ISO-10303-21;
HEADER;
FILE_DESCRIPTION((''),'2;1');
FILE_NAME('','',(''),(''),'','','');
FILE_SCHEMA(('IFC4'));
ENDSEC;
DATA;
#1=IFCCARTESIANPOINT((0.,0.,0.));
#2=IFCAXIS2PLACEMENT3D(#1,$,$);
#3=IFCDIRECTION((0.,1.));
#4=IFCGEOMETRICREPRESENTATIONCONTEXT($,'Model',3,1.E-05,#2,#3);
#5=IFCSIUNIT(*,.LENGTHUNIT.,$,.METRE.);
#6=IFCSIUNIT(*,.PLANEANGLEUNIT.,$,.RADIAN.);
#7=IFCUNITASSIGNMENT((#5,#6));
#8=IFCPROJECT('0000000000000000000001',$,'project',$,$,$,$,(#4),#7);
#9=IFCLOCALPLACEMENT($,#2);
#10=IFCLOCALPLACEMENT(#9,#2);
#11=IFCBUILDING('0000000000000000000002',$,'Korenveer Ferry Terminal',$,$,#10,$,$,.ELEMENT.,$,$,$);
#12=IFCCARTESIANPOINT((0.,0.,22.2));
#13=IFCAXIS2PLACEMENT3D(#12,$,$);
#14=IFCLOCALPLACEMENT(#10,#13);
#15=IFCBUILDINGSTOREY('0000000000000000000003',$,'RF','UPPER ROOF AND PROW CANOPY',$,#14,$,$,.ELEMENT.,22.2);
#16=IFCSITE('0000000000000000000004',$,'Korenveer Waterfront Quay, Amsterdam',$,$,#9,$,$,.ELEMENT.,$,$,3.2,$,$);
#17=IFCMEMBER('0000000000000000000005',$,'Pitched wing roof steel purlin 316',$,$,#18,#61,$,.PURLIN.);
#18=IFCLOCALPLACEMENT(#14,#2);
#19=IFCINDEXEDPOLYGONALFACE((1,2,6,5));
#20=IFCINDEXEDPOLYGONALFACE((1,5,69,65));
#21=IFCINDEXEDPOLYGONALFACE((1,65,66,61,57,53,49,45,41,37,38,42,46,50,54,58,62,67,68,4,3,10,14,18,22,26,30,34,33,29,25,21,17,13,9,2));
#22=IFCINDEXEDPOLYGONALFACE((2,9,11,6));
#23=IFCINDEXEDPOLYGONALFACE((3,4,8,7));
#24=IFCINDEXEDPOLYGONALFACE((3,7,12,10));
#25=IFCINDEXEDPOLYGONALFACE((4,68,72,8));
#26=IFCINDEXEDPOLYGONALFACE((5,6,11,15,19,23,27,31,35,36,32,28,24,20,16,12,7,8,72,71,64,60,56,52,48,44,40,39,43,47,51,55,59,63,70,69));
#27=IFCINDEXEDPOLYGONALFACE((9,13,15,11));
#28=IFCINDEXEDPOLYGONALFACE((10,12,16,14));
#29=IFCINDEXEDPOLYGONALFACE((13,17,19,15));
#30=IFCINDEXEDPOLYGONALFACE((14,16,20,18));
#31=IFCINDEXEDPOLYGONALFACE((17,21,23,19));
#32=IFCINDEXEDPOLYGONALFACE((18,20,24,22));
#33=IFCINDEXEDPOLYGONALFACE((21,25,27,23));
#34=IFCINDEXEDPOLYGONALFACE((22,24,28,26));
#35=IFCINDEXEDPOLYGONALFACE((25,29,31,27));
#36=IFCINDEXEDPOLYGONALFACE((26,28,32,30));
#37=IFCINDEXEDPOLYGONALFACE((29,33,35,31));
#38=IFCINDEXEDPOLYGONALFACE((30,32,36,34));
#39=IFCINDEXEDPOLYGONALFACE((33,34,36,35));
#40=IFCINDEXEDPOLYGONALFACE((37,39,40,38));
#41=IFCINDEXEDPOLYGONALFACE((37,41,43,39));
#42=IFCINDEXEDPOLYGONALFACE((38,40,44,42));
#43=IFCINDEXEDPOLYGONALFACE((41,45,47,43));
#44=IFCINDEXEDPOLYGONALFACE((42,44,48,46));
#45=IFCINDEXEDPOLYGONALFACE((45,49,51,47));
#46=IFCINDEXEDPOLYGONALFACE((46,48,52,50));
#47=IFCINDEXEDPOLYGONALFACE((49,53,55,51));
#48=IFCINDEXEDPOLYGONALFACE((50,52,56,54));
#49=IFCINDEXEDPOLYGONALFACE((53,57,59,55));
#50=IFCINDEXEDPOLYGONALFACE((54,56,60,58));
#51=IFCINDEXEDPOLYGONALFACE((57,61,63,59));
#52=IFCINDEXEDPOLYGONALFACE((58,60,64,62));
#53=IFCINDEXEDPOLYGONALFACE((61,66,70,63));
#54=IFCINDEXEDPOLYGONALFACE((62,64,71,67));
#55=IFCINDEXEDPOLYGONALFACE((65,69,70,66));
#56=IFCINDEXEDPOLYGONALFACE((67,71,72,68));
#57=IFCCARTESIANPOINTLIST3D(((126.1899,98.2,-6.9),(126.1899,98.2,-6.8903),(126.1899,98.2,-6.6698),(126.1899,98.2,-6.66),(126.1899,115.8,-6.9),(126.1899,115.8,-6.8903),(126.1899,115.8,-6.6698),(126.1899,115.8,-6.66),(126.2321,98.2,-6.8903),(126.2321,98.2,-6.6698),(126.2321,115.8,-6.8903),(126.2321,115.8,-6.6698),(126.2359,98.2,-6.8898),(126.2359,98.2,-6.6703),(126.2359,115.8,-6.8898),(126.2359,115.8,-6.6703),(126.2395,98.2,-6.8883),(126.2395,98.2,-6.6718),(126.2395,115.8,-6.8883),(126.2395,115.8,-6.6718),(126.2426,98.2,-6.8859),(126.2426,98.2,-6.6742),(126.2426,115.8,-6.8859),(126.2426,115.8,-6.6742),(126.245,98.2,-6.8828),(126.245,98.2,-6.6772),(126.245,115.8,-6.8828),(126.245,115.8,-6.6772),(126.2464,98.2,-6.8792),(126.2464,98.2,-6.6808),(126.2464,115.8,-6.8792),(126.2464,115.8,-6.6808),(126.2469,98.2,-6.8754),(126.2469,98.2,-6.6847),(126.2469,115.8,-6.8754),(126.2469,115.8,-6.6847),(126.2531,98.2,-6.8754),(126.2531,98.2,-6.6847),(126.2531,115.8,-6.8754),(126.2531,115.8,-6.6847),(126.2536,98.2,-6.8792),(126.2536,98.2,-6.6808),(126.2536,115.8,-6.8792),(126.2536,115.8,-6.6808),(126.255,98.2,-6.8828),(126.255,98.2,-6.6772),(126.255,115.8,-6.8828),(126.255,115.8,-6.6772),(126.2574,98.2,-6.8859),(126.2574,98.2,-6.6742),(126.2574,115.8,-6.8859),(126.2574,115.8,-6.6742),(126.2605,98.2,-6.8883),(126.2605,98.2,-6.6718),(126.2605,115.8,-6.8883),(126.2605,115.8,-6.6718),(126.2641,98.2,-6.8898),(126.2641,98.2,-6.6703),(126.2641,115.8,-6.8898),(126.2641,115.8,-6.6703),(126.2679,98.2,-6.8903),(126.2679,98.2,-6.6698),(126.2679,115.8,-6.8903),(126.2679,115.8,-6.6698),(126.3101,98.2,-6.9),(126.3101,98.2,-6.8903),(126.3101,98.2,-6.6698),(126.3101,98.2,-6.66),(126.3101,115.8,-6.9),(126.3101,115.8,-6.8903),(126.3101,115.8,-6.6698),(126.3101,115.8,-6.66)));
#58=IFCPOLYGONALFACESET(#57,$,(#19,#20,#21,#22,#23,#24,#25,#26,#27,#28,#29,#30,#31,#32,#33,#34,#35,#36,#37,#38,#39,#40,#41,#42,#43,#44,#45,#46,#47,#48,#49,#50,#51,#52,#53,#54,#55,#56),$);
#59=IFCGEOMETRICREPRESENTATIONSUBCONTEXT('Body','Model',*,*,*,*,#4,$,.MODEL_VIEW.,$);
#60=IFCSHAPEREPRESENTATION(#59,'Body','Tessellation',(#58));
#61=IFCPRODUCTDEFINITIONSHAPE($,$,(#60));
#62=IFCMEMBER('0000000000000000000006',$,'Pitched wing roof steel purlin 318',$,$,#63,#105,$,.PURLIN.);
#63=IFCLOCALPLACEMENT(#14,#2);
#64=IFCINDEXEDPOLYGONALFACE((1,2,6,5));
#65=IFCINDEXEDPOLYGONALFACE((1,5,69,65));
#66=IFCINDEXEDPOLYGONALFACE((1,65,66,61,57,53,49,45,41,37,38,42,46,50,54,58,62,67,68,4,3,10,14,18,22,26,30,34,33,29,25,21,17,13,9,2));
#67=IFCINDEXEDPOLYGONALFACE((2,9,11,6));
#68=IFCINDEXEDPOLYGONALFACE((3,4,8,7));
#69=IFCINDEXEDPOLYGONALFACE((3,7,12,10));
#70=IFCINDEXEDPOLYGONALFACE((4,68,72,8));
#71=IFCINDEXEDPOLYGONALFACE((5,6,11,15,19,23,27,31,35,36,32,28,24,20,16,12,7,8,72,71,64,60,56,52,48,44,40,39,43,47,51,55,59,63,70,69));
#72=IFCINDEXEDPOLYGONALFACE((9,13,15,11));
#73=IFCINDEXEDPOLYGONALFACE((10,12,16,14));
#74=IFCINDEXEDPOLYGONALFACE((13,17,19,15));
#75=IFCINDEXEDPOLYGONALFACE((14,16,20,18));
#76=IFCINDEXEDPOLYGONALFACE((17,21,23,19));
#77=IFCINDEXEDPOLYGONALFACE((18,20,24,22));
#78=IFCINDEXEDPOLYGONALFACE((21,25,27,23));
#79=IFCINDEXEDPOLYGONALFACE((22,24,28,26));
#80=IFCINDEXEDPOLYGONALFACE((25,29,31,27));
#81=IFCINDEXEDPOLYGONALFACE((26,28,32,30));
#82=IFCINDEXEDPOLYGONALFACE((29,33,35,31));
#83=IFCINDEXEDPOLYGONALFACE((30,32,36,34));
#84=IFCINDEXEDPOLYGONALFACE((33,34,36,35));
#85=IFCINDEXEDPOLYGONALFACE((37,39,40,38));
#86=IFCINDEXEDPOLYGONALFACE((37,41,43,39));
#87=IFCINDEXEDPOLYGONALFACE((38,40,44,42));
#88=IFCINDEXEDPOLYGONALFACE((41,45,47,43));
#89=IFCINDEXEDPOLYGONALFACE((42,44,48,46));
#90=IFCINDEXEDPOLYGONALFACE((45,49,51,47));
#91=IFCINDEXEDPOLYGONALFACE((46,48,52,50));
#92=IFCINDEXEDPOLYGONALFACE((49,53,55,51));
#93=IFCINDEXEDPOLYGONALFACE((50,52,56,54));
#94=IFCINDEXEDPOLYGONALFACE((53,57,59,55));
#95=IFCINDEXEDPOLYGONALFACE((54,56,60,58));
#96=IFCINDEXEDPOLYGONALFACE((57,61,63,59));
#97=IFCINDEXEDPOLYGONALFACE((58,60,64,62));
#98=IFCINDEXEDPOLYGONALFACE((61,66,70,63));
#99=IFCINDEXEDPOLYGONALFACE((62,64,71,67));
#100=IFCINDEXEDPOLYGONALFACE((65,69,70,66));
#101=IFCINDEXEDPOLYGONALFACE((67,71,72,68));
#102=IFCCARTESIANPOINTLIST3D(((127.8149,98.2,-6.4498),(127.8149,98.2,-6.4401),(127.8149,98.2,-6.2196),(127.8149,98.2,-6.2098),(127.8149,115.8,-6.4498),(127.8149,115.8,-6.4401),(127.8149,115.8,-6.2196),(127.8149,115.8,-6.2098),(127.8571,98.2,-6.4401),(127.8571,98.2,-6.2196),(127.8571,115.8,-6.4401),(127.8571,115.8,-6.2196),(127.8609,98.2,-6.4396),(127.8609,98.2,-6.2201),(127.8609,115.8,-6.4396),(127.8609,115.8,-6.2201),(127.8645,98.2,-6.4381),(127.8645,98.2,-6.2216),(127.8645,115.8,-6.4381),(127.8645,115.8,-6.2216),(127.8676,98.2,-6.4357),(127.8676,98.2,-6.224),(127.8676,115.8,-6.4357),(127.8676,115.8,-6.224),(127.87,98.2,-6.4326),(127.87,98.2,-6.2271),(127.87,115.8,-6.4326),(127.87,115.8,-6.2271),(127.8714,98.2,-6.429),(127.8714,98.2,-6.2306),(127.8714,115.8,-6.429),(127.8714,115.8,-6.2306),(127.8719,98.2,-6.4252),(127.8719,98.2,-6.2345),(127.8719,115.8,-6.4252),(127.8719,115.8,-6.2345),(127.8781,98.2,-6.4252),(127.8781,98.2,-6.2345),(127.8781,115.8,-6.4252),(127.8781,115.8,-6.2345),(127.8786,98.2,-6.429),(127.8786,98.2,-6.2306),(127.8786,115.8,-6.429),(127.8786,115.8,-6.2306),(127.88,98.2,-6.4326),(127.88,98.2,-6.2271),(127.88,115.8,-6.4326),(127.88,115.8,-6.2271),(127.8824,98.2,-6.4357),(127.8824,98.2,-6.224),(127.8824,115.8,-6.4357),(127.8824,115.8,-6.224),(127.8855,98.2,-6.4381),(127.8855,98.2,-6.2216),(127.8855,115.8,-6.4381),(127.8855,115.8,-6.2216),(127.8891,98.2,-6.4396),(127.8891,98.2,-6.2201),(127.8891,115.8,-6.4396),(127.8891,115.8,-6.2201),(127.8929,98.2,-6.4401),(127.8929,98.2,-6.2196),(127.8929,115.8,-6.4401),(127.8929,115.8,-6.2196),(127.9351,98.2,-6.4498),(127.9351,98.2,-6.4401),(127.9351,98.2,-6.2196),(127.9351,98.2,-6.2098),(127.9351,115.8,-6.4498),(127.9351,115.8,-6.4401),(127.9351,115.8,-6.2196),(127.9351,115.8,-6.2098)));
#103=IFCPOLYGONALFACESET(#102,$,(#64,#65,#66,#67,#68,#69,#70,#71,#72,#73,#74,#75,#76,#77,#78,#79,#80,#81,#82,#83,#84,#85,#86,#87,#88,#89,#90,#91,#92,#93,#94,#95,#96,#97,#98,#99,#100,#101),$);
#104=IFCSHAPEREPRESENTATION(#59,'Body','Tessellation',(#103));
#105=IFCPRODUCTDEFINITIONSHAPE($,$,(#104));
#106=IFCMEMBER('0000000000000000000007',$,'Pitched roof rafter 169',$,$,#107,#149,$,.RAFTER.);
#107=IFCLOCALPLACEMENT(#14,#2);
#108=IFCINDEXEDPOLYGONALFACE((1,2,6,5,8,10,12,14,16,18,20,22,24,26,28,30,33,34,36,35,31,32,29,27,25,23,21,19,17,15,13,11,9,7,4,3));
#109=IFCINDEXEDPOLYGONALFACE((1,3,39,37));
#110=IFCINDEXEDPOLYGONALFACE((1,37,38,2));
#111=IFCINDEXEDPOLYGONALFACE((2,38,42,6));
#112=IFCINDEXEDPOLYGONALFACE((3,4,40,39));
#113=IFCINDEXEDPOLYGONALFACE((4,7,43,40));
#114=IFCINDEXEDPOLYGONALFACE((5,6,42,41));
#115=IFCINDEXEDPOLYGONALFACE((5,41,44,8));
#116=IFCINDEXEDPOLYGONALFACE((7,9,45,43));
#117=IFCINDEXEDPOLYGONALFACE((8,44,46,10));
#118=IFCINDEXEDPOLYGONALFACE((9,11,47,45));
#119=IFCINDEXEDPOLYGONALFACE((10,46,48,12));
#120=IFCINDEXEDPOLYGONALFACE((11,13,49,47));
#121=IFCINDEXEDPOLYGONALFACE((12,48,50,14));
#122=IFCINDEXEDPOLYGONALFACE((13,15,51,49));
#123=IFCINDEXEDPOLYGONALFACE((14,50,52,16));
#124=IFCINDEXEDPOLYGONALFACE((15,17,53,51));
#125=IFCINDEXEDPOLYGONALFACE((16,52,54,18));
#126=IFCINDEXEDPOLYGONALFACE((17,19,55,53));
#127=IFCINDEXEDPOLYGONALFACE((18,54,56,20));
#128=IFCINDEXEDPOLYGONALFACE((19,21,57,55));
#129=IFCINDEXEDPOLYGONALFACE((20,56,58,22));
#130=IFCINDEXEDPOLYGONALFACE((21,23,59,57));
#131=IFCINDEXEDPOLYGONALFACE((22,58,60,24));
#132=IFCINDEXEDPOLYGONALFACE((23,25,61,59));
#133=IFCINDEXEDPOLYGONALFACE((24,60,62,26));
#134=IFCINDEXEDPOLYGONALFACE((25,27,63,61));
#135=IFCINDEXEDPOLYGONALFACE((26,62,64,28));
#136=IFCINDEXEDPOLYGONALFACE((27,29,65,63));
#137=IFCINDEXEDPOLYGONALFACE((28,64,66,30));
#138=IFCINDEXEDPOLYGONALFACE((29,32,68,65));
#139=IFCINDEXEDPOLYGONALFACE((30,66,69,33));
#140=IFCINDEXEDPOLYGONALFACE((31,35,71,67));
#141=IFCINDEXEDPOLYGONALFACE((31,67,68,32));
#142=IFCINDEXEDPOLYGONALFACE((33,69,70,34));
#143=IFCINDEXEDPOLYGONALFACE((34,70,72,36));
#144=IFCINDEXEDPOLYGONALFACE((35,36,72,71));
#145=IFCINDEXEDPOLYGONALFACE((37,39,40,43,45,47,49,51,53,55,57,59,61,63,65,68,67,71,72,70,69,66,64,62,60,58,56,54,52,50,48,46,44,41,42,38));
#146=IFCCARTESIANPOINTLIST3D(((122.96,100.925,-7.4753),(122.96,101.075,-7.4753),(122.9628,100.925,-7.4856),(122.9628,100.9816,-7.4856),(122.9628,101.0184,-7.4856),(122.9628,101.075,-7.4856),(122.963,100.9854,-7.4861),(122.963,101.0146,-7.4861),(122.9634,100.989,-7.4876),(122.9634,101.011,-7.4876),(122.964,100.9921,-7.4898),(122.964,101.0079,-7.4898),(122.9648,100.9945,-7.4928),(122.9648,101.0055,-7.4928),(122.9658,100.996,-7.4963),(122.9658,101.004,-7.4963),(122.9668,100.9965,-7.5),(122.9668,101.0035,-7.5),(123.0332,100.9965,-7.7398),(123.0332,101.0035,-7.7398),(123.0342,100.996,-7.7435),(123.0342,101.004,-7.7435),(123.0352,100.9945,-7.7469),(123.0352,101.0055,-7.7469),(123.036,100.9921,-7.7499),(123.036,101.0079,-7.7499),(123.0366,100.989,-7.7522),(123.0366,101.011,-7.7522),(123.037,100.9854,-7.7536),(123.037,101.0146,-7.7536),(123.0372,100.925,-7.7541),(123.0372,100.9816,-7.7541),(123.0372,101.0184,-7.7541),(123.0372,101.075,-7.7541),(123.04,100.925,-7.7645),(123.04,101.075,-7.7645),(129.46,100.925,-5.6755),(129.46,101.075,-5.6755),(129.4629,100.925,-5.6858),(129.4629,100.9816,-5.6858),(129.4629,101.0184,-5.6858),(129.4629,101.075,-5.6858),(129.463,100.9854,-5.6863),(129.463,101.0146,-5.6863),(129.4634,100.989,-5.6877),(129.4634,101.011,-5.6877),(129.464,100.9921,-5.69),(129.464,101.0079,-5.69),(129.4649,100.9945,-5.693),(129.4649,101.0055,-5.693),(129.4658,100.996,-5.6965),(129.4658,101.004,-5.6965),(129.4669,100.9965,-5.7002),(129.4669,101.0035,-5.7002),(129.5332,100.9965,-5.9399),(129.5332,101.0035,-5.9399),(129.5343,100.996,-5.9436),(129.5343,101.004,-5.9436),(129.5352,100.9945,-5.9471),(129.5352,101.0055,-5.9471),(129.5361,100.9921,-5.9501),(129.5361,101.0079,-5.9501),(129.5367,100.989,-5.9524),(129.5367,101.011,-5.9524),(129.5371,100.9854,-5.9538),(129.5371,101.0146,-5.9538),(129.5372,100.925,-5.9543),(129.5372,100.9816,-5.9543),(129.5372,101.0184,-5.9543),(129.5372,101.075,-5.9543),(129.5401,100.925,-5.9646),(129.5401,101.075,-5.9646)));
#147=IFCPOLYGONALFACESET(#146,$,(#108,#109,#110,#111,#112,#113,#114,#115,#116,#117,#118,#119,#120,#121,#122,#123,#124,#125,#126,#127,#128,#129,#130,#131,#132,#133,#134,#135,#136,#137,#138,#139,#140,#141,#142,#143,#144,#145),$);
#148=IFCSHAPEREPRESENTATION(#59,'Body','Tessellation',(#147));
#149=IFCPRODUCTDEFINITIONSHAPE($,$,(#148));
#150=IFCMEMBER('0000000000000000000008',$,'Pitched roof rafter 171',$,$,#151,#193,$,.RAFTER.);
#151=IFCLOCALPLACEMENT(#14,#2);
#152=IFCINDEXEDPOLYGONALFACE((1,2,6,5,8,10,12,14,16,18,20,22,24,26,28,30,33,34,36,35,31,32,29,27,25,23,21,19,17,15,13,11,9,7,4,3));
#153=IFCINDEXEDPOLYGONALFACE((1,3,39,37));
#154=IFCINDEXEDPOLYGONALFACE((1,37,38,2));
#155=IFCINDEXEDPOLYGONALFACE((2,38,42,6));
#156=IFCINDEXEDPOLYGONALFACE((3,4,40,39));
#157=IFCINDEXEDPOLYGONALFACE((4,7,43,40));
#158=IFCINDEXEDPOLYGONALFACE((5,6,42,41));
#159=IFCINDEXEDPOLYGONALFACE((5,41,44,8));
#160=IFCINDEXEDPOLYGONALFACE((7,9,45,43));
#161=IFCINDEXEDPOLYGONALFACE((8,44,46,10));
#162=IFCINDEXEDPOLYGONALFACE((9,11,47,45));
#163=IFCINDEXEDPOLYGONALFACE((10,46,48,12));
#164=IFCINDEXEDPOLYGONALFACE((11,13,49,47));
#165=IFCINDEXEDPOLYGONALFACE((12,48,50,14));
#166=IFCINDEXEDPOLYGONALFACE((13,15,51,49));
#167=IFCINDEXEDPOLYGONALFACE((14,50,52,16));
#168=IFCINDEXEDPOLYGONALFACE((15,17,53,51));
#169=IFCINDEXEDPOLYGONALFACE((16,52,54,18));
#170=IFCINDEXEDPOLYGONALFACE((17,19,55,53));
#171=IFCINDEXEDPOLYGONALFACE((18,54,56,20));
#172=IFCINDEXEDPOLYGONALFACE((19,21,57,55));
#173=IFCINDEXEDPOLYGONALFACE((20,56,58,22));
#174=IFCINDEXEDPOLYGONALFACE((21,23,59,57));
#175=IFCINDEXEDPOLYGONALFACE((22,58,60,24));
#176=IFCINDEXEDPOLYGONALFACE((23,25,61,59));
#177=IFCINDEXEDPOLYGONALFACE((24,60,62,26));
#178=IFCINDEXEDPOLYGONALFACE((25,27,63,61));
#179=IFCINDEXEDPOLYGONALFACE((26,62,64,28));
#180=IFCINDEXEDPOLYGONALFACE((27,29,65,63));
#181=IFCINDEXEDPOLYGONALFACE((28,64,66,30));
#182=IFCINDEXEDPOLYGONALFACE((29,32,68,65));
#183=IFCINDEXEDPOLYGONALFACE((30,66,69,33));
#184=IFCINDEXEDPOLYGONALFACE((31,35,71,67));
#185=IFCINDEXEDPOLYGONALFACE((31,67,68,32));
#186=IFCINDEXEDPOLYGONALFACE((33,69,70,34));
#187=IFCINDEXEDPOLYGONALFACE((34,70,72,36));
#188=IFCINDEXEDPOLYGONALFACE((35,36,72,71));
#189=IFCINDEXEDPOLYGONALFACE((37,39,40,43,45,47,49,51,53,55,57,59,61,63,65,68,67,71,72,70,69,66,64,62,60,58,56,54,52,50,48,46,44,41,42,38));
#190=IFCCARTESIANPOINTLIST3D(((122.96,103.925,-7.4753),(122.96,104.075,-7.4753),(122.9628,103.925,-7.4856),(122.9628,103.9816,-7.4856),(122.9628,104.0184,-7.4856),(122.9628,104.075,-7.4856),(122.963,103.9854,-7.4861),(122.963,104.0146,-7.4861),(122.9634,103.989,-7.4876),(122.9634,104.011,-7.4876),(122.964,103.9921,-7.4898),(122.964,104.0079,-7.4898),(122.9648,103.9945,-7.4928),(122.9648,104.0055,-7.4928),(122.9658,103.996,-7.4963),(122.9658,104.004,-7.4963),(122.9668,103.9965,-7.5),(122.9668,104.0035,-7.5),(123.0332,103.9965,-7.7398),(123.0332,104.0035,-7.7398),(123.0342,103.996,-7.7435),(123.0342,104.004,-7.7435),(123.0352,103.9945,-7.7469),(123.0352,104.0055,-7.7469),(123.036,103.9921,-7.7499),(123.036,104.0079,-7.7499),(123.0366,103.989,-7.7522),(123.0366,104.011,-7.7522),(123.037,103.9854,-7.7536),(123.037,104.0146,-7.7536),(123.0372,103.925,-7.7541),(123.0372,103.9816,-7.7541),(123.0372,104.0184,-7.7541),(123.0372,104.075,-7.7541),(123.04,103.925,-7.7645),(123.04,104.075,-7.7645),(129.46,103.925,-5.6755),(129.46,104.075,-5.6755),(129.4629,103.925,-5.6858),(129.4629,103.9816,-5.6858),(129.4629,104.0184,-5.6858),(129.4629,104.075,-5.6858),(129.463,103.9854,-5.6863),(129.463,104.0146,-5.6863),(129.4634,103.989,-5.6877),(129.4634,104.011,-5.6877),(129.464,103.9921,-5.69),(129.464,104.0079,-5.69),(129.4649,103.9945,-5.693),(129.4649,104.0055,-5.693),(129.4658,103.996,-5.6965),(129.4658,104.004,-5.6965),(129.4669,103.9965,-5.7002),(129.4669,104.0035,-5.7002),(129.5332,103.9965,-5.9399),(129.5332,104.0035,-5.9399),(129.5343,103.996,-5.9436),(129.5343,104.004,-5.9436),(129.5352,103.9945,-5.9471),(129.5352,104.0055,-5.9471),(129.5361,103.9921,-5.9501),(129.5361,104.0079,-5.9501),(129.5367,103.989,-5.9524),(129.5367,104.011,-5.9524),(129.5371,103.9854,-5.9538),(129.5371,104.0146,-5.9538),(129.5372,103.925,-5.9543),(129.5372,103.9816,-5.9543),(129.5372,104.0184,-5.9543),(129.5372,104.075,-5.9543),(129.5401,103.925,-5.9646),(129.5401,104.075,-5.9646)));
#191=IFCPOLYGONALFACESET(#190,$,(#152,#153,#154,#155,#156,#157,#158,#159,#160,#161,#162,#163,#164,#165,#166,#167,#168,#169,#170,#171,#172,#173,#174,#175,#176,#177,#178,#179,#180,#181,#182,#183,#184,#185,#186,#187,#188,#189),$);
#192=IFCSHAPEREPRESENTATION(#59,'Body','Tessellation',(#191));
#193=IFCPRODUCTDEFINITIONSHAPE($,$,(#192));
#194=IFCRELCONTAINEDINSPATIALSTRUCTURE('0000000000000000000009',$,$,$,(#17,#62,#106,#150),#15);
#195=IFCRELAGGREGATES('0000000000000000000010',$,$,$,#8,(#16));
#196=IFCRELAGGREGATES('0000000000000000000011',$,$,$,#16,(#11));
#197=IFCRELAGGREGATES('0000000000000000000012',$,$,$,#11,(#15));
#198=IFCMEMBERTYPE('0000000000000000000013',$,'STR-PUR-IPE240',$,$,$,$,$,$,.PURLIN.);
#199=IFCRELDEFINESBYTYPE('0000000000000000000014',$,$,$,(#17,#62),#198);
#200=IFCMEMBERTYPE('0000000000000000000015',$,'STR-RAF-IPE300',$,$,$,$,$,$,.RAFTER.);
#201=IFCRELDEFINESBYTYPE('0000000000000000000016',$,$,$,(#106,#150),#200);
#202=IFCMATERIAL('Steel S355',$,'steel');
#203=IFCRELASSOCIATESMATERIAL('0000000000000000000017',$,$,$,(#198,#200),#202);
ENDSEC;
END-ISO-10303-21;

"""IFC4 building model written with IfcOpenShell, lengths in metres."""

from ifc_helpers import new_model, si_unit, direction, frame, origin, origin_2d, place, context, subcontext, project, spatial, i_section, extrude, material, material_profile, profile_set, type_object, element, save


model = new_model("IFC4")

# Units and contexts
model_context = context("Model", 3, precision=1e-05, world=origin(), true_north=direction((0.0, 1.0)))
body_context = subcontext(model_context, "Body", "Model", "MODEL_VIEW")
ifc_project = project(units=[si_unit("LENGTHUNIT", "METRE"), si_unit("PLANEANGLEUNIT", "RADIAN")], contexts=[model_context])

# Site, building, storey
site_placement = place(None, origin())
site = spatial("IfcSite", under=ifc_project, at=site_placement, Name="Korenveer Waterfront Quay, Amsterdam", CompositionType="ELEMENT", RefElevation=3.2)
building_placement = place(site_placement, origin())
building = spatial("IfcBuilding", under=site, at=building_placement, Name="Korenveer Ferry Terminal", CompositionType="ELEMENT")
storey_placement = place(building_placement, frame((0.0, 0.0, 22.2)))
storey = spatial("IfcBuildingStorey", under=building, at=storey_placement, Name="RF", Description="UPPER ROOF AND PROW CANOPY", CompositionType="ELEMENT", Elevation=22.2)

# Shared definitions
ifc_material_1 = material(Name="Steel S355", Category="steel")

# Members
ifc_material_profile_1 = material_profile(ifc_material_1, i_section(OverallWidth=0.1201, OverallDepth=0.24, WebThickness=0.0061, FlangeThickness=0.0098, FilletRadius=0.0149, at=origin_2d()), Name="IPE 240")
ifc_profile_set_1 = profile_set([ifc_material_profile_1], Name="Steel S355")
member_type_1 = type_object("IfcMemberType", Name="STR-PUR-IPE240", PredefinedType="PURLIN", material=ifc_profile_set_1)
for number, where, z_axis, x_axis, name in (
    (1, (126.25, 98.2, -6.78), (0.0, 1.0, 0.0), (-1.0, 0.0, 0.0), "Pitched wing roof steel purlin 316"),
    (2, (127.875, 98.2, -6.3298), (0.0, 1.0, 0.0), (-1.0, 0.0, 0.0), "Pitched wing roof steel purlin 318"),
):
    element("IfcMember", number, at=place(storey_placement, frame(where, z_axis=z_axis, x_axis=x_axis)), inside=storey, type_object=member_type_1, Name=name, PredefinedType="PURLIN", context=body_context, shape_type="SweptSolid", body=[
        extrude(i_section(OverallWidth=0.1201, OverallDepth=0.24, WebThickness=0.0061, FlangeThickness=0.0098, FilletRadius=0.0149, at=origin_2d()), origin(), (0.0, 0.0, 1.0), 17.6001),
    ])
ifc_material_profile_2 = material_profile(ifc_material_1, i_section(OverallWidth=0.1499, OverallDepth=0.3, WebThickness=0.0071, FlangeThickness=0.0107, FilletRadius=0.0149, at=origin_2d()), Name="IPE 300")
ifc_profile_set_2 = profile_set([ifc_material_profile_2], Name="Steel S355")
member_type_2 = type_object("IfcMemberType", Name="STR-RAF-IPE300", PredefinedType="RAFTER", material=ifc_profile_set_2)
for number, where, z_axis, x_axis, name in (
    (3, (123.0, 101.0, -7.6199), (0.963737, 0.0, 0.266852), (0.0, 1.0, 0.0), "Pitched roof rafter 169"),
    (4, (123.0, 104.0, -7.6199), (0.963737, 0.0, 0.266852), (0.0, 1.0, 0.0), "Pitched roof rafter 171"),
):
    element("IfcMember", number, at=place(storey_placement, frame(where, z_axis=z_axis, x_axis=x_axis)), inside=storey, type_object=member_type_2, Name=name, PredefinedType="RAFTER", context=body_context, shape_type="SweptSolid", body=[
        extrude(i_section(OverallWidth=0.1499, OverallDepth=0.3, WebThickness=0.0071, FlangeThickness=0.0107, FilletRadius=0.0149, at=origin_2d()), origin(), (0.0, 0.0, 1.0), 6.7446),
    ])

save(model, "model.ifc")
